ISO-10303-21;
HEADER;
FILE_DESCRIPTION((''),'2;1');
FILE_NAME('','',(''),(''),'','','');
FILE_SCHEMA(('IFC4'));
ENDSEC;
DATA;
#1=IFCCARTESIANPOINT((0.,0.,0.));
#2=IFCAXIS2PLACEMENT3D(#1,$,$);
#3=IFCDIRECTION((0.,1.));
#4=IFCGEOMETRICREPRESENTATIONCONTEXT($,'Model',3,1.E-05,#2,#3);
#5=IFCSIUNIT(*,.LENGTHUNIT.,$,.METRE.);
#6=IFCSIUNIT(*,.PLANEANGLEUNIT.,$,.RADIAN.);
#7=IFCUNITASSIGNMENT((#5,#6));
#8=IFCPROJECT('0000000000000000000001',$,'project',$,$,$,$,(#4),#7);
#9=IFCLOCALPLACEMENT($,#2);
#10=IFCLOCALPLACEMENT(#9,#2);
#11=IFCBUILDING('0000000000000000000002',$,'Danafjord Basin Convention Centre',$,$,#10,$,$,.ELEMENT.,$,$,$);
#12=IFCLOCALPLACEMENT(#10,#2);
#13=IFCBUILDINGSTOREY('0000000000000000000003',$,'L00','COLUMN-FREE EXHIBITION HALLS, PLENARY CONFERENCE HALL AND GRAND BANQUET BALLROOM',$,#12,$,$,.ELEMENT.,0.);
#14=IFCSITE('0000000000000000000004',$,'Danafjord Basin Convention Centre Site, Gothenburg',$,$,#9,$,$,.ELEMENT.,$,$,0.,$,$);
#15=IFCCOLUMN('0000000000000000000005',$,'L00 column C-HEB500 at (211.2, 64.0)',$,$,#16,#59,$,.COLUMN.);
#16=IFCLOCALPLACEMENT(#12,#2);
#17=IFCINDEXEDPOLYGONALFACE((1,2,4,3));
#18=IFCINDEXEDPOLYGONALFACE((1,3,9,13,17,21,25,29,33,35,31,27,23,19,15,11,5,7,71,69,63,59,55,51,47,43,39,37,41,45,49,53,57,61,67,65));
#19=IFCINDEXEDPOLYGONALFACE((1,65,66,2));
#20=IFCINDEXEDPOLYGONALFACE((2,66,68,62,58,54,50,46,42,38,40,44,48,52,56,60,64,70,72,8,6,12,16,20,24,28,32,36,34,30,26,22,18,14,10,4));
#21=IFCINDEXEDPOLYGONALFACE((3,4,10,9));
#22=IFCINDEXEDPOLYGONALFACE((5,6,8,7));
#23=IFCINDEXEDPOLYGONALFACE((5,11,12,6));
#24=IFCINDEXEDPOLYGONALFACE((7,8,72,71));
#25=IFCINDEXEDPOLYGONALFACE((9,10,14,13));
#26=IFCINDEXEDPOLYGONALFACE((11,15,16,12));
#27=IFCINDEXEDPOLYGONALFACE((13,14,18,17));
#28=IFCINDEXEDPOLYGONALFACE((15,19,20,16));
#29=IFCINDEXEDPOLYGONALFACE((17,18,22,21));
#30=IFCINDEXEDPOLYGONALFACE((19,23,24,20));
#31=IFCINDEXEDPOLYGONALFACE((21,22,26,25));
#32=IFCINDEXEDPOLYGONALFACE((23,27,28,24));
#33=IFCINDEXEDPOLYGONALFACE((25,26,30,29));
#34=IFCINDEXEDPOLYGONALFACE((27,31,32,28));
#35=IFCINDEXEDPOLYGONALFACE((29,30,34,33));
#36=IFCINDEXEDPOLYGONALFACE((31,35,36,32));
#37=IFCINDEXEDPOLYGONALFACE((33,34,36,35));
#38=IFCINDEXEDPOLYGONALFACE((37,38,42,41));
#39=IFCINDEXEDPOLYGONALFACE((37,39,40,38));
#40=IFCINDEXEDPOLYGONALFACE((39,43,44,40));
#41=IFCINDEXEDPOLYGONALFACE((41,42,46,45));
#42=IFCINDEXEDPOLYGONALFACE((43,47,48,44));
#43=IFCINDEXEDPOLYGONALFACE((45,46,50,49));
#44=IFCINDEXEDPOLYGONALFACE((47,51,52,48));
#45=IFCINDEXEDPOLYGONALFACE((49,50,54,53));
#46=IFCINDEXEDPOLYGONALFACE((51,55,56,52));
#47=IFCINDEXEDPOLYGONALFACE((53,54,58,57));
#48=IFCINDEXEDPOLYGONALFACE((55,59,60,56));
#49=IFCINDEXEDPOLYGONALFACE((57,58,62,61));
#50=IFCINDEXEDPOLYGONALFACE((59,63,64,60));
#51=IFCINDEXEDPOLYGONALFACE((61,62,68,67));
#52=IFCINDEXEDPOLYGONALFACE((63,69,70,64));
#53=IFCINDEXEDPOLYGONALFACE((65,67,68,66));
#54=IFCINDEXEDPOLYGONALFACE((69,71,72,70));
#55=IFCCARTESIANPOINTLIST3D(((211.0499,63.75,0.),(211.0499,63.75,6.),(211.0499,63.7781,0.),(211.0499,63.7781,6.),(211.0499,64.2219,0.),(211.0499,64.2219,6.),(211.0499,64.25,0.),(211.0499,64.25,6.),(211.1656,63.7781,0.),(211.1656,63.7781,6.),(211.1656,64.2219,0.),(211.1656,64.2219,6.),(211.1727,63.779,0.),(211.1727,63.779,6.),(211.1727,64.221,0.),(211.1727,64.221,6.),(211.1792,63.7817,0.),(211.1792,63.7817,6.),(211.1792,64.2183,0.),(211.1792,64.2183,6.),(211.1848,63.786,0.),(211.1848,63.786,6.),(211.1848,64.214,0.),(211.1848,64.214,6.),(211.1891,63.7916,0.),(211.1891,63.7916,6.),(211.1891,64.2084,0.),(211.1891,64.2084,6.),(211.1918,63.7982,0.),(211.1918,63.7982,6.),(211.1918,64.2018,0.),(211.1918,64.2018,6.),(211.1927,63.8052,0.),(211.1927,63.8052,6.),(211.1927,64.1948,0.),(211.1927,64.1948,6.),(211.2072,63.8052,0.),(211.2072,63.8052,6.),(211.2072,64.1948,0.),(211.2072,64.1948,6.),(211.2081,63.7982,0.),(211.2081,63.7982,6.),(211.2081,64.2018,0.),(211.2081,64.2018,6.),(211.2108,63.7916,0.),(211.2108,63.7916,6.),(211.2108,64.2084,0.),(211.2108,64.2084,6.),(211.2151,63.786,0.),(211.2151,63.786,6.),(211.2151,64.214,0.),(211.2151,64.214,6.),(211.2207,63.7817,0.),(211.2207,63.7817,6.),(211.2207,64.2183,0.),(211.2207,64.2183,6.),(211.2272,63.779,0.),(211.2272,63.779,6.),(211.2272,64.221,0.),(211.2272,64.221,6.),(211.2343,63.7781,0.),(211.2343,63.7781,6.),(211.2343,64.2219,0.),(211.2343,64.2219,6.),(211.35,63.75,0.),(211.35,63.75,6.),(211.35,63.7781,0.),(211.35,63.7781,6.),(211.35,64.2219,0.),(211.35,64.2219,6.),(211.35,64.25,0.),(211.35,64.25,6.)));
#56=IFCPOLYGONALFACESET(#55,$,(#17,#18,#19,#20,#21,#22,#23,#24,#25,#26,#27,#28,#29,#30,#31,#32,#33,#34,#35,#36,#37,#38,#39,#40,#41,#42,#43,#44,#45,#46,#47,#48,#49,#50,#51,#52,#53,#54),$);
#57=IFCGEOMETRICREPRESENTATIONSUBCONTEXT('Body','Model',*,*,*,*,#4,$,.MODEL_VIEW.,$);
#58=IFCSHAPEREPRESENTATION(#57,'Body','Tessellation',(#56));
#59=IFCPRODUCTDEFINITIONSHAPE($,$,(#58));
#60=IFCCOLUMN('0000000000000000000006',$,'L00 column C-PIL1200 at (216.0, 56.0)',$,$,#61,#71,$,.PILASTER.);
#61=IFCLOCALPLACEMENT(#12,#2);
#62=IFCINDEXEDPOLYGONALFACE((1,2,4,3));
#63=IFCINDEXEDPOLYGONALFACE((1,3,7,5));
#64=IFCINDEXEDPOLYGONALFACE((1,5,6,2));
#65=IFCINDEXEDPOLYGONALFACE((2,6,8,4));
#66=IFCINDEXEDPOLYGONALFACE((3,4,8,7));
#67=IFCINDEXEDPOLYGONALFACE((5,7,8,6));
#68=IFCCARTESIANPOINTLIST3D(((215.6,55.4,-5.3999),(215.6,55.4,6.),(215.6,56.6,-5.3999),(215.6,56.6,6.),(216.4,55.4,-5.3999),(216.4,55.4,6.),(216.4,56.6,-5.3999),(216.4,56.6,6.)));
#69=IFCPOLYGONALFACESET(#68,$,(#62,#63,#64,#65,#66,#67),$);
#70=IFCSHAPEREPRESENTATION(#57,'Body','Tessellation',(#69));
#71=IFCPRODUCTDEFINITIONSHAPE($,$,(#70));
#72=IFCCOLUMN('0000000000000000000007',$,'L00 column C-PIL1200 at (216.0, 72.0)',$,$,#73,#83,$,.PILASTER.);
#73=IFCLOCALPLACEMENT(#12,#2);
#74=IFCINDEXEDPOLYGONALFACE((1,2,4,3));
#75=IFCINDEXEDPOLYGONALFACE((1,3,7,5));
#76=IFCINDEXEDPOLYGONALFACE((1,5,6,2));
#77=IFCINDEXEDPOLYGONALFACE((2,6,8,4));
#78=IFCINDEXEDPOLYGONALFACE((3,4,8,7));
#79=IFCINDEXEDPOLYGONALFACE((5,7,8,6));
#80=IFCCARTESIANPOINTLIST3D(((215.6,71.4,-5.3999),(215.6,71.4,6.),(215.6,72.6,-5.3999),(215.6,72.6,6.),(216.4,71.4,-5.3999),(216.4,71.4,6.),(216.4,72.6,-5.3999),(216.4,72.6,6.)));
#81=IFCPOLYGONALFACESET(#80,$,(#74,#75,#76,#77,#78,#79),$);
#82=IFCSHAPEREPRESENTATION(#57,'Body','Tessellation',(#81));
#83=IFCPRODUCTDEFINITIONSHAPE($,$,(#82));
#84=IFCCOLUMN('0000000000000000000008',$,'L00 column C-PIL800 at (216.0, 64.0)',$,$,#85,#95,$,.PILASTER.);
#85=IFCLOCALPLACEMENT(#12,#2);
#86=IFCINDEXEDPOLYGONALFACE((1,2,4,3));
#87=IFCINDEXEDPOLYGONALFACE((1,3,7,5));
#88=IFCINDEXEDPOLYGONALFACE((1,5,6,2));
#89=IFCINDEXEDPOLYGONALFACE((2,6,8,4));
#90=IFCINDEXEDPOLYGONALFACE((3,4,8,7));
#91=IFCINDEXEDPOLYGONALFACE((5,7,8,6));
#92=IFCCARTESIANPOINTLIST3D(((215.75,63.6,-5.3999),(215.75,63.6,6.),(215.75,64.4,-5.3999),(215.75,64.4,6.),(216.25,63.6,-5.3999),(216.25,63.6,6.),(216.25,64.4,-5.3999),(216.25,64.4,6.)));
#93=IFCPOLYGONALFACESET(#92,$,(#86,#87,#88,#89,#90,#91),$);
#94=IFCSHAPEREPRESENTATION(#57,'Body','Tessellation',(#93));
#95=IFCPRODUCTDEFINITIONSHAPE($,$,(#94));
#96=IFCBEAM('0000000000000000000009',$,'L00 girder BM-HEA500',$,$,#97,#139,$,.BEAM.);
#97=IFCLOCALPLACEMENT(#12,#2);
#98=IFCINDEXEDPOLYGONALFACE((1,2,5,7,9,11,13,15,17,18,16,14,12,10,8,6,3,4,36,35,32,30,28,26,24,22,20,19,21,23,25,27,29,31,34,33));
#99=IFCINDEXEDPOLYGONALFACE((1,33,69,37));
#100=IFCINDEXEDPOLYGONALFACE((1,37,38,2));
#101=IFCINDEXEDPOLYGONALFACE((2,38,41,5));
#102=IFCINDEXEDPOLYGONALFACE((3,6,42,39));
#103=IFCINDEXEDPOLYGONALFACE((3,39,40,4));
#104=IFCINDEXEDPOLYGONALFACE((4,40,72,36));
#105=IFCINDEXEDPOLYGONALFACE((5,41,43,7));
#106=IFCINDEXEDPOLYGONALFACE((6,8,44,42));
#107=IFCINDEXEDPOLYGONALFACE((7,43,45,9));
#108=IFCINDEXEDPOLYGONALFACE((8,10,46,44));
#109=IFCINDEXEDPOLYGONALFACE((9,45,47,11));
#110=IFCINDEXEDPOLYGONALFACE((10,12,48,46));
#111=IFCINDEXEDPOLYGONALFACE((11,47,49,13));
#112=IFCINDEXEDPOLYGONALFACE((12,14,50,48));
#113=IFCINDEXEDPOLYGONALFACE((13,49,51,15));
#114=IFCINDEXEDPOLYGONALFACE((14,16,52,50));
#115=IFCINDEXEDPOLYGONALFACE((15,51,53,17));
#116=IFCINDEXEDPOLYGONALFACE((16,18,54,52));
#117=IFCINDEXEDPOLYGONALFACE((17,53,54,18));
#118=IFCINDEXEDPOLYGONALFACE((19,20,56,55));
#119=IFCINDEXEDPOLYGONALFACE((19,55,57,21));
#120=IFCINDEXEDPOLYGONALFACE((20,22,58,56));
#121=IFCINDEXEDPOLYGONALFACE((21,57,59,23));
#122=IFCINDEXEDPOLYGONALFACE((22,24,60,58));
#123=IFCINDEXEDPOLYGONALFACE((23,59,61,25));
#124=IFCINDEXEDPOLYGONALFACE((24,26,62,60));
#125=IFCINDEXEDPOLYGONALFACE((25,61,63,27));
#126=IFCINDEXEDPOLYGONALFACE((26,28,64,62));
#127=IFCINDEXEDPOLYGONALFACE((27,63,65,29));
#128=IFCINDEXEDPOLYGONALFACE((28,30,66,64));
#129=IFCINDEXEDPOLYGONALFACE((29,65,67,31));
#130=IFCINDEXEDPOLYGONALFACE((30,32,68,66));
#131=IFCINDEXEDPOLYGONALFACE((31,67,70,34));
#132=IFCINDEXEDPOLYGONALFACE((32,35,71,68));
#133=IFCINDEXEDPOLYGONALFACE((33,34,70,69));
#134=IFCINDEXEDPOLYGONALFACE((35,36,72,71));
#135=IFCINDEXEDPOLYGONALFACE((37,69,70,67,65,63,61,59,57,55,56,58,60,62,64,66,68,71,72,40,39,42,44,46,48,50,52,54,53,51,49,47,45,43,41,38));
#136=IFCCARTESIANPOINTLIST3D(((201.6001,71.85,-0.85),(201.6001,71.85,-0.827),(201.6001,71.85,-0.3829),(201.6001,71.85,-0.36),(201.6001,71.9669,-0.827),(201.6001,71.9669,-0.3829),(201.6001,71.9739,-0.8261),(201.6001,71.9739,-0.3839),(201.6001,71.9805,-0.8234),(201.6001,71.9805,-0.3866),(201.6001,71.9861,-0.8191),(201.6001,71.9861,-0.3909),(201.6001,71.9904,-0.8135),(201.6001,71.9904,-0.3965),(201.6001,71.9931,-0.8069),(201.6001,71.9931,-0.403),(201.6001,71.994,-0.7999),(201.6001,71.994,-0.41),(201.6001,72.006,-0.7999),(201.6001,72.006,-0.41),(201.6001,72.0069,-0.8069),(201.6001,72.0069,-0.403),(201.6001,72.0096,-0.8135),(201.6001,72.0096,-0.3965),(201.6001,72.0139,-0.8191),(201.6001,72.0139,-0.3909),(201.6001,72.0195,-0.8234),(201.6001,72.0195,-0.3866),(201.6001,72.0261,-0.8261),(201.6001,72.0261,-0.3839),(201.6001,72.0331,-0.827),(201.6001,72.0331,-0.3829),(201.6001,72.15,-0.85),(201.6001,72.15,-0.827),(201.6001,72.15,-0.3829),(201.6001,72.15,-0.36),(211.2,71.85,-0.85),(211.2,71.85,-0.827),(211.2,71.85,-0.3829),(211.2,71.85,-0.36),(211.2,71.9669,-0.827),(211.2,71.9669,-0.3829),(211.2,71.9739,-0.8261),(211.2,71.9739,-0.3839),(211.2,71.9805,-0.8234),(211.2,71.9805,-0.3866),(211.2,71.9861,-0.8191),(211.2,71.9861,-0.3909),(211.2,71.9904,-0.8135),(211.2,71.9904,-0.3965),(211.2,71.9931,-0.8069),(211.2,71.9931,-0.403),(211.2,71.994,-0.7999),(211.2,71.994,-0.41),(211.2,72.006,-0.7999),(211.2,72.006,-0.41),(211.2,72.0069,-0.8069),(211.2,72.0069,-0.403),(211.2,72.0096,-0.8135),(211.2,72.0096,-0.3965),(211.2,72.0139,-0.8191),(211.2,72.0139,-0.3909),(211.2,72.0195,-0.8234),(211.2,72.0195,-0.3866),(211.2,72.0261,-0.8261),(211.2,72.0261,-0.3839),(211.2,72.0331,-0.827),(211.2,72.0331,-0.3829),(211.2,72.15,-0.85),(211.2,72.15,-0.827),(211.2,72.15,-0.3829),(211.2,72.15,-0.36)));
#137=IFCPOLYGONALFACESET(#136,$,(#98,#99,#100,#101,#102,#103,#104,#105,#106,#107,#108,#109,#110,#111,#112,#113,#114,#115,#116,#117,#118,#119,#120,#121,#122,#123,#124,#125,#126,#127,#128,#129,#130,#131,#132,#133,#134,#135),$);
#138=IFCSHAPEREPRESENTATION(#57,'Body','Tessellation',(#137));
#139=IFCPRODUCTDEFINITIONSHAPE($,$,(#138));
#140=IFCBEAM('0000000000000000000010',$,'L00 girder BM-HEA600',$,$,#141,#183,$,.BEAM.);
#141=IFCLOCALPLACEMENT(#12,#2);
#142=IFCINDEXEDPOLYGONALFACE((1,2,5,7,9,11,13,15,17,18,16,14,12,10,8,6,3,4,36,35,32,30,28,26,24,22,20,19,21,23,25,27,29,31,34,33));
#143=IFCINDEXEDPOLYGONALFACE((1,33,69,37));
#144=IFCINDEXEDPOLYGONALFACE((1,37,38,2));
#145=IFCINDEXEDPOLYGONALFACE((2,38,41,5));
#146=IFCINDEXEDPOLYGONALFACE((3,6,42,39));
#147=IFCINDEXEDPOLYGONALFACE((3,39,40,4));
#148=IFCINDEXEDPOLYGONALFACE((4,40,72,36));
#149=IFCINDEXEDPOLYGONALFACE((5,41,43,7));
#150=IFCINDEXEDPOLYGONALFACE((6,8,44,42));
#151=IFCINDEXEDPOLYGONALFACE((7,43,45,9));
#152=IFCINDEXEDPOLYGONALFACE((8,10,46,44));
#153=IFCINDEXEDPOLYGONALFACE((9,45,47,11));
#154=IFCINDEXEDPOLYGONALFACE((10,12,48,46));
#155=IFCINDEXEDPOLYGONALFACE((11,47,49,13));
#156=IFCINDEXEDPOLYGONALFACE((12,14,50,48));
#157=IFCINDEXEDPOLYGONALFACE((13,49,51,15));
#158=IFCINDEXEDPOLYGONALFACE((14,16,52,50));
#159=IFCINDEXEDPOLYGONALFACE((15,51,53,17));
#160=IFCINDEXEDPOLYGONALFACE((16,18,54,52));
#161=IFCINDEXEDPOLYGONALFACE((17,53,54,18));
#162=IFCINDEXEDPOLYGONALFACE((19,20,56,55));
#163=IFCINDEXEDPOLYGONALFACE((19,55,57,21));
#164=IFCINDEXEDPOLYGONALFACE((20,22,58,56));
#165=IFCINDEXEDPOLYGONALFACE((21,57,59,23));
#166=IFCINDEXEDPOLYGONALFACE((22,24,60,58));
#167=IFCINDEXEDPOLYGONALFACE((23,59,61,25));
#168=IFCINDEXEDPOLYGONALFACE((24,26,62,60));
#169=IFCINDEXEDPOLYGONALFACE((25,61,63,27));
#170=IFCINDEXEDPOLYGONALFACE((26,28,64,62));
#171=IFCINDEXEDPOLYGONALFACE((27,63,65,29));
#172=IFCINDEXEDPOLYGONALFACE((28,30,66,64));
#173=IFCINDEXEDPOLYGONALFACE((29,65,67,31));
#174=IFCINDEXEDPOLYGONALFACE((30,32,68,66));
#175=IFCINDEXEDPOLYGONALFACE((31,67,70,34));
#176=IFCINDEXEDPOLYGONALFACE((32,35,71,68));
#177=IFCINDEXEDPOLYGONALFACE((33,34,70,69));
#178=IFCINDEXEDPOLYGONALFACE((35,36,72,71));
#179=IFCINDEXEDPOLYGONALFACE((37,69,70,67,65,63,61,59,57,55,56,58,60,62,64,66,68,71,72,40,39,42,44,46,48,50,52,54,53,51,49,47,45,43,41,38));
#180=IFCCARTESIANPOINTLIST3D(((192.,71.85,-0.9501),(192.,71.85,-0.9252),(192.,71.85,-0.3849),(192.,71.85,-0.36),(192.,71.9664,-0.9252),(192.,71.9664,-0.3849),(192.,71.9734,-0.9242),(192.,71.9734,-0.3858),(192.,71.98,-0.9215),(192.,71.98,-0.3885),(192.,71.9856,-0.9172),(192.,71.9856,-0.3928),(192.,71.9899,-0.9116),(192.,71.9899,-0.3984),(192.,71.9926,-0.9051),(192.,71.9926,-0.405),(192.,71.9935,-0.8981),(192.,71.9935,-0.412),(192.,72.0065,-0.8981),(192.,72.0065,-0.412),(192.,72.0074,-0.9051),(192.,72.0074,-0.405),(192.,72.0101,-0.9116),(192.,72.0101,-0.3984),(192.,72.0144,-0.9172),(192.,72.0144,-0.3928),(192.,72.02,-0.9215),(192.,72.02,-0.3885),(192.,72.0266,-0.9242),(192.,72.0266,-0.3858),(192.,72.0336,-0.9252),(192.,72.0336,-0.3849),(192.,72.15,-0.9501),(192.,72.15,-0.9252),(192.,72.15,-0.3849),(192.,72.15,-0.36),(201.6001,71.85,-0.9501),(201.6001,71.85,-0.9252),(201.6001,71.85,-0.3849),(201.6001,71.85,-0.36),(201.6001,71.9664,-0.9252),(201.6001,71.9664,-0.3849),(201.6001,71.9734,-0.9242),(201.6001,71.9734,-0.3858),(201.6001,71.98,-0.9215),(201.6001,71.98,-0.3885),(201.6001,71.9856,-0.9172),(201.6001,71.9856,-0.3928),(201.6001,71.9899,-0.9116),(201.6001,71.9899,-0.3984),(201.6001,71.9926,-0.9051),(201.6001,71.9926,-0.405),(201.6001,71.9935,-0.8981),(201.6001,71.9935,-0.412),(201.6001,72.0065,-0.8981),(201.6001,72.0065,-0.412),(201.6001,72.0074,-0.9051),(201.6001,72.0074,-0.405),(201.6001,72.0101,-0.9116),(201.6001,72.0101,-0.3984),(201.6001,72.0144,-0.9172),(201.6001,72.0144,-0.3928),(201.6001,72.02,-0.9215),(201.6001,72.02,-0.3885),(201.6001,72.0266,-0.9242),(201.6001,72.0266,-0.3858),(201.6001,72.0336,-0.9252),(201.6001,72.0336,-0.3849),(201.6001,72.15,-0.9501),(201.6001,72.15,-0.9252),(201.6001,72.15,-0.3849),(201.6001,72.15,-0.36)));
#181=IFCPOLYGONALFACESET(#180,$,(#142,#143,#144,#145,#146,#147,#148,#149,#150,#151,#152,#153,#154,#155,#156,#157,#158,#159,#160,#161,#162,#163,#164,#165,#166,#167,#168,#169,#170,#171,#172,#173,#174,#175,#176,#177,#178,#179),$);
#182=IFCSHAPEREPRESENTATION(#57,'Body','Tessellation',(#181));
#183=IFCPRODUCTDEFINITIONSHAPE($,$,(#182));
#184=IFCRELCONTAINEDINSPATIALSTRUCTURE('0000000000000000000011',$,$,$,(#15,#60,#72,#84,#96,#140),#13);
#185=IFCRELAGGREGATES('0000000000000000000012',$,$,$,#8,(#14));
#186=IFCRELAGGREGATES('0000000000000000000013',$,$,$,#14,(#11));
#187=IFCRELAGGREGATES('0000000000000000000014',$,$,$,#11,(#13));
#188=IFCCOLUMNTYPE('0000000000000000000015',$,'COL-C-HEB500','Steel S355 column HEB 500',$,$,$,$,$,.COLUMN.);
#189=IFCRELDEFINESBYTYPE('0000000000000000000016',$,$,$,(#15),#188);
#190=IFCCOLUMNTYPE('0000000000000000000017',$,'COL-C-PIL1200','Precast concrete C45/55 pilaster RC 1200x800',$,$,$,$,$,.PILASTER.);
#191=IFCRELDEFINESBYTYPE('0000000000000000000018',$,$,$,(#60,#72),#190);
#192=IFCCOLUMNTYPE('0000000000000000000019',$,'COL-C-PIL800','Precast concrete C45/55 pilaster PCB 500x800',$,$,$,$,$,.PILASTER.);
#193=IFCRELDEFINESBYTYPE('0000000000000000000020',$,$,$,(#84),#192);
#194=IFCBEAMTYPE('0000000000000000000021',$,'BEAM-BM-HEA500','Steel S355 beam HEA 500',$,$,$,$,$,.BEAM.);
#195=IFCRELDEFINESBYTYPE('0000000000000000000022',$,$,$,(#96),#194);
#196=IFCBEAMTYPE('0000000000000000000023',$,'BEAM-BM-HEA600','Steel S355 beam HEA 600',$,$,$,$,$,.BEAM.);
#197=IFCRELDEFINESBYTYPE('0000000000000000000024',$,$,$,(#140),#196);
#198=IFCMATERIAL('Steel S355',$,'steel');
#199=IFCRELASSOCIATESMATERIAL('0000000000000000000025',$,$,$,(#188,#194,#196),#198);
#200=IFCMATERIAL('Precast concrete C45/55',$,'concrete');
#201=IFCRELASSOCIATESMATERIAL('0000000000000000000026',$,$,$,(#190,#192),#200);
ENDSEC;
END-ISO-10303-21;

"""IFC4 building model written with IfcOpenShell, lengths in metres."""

from ifc_helpers import new_model, si_unit, direction, frame, origin, origin_2d, place, context, subcontext, project, spatial, rectangle, i_section, extrude, material, material_profile, profile_set, type_object, element, save


model = new_model("IFC4")

# Units and contexts
model_context = context("Model", 3, precision=1e-05, world=origin(), true_north=direction((0.0, 1.0)))
body_context = subcontext(model_context, "Body", "Model", "MODEL_VIEW")
ifc_project = project(units=[si_unit("LENGTHUNIT", "METRE"), si_unit("PLANEANGLEUNIT", "RADIAN")], contexts=[model_context])

# Site, building, storey
site_placement = place(None, origin())
site = spatial("IfcSite", under=ifc_project, at=site_placement, Name="Danafjord Basin Convention Centre Site, Gothenburg", CompositionType="ELEMENT", RefElevation=0.0)
building_placement = place(site_placement, origin())
building = spatial("IfcBuilding", under=site, at=building_placement, Name="Danafjord Basin Convention Centre", CompositionType="ELEMENT")
storey_placement = place(building_placement, origin())
storey = spatial("IfcBuildingStorey", under=building, at=storey_placement, Name="L00", Description="COLUMN-FREE EXHIBITION HALLS, PLENARY CONFERENCE HALL AND GRAND BANQUET BALLROOM", CompositionType="ELEMENT", Elevation=0.0)

# Columns
ifc_material_1 = material(Name="Steel S355", Category="steel")
ifc_material_profile_1 = material_profile(ifc_material_1, i_section(OverallWidth=0.3, OverallDepth=0.5, WebThickness=0.0144, FlangeThickness=0.0281, FilletRadius=0.0271, at=origin_2d()), Name="HEB 500")
ifc_profile_set_1 = profile_set([ifc_material_profile_1], Name="Steel S355")
column_type_1 = type_object("IfcColumnType", Name="COL-C-HEB500", Description="Steel S355 column HEB 500", PredefinedType="COLUMN", material=ifc_profile_set_1)
for number, where, z_axis, x_axis, name in (
    (1, (211.2, 64.0, 0.0), (0.0, 0.0, 1.0), (1.0, 0.0, 0.0), "L00 column C-HEB500 at (211.2, 64.0)"),
):
    element("IfcColumn", number, at=place(storey_placement, frame(where, z_axis=z_axis, x_axis=x_axis)), inside=storey, type_object=column_type_1, Name=name, PredefinedType="COLUMN", context=body_context, shape_type="SweptSolid", body=[
        extrude(i_section(OverallWidth=0.3, OverallDepth=0.5, WebThickness=0.0144, FlangeThickness=0.0281, FilletRadius=0.0271, at=origin_2d()), origin(), (0.0, 0.0, 1.0), 6.0),
    ])
ifc_material_2 = material(Name="Precast concrete C45/55", Category="concrete")
ifc_material_profile_2 = material_profile(ifc_material_2, rectangle(XDim=0.8, YDim=1.2, at=origin_2d()), Name="RC 1200x800")
ifc_profile_set_2 = profile_set([ifc_material_profile_2], Name="Precast concrete C45/55")
column_type_2 = type_object("IfcColumnType", Name="COL-C-PIL1200", Description="Precast concrete C45/55 pilaster RC 1200x800", PredefinedType="PILASTER", material=ifc_profile_set_2)
for number, where, z_axis, x_axis, name in (
    (2, (216.0, 56.0, -5.3999), (0.0, 0.0, 1.0), (1.0, 0.0, 0.0), "L00 column C-PIL1200 at (216.0, 56.0)"),
    (3, (216.0, 72.0, -5.3999), (0.0, 0.0, 1.0), (1.0, 0.0, 0.0), "L00 column C-PIL1200 at (216.0, 72.0)"),
):
    element("IfcColumn", number, at=place(storey_placement, frame(where, z_axis=z_axis, x_axis=x_axis)), inside=storey, type_object=column_type_2, Name=name, PredefinedType="PILASTER", context=body_context, shape_type="SweptSolid", body=[
        extrude(rectangle(XDim=0.8, YDim=1.2, at=origin_2d()), origin(), (0.0, 0.0, 1.0), 11.3999),
    ])
ifc_material_profile_3 = material_profile(ifc_material_2, rectangle(XDim=0.5, YDim=0.8, at=origin_2d()), Name="PCB 500x800")
ifc_profile_set_3 = profile_set([ifc_material_profile_3], Name="Precast concrete C45/55")
column_type_3 = type_object("IfcColumnType", Name="COL-C-PIL800", Description="Precast concrete C45/55 pilaster PCB 500x800", PredefinedType="PILASTER", material=ifc_profile_set_3)
column_1_placement = place(storey_placement, frame((216.0, 64.0, -5.3999), z_axis=(0.0, 0.0, 1.0), x_axis=(1.0, 0.0, 0.0)))
element("IfcColumn", 4, at=column_1_placement, inside=storey, type_object=column_type_3, Name="L00 column C-PIL800 at (216.0, 64.0)", PredefinedType="PILASTER", context=body_context, shape_type="SweptSolid", body=[
    extrude(rectangle(XDim=0.5, YDim=0.8, at=origin_2d()), origin(), (0.0, 0.0, 1.0), 11.3999),
])

# Beams
ifc_material_profile_4 = material_profile(ifc_material_1, i_section(OverallWidth=0.3, OverallDepth=0.49, WebThickness=0.012, FlangeThickness=0.0229, FilletRadius=0.0271, at=origin_2d()), Name="HEA 500")
ifc_profile_set_4 = profile_set([ifc_material_profile_4], Name="Steel S355")
beam_type_1 = type_object("IfcBeamType", Name="BEAM-BM-HEA500", Description="Steel S355 beam HEA 500", PredefinedType="BEAM", material=ifc_profile_set_4)
beam_1_placement = place(storey_placement, frame((201.6001, 72.0, -0.605), z_axis=(1.0, 0.0, 0.0), x_axis=(0.0, 1.0, 0.0)))
element("IfcBeam", 5, at=beam_1_placement, inside=storey, type_object=beam_type_1, Name="L00 girder BM-HEA500", PredefinedType="BEAM", context=body_context, shape_type="SweptSolid", body=[
    extrude(i_section(OverallWidth=0.3, OverallDepth=0.49, WebThickness=0.012, FlangeThickness=0.0229, FilletRadius=0.0271, at=origin_2d()), origin(), (0.0, 0.0, 1.0), 9.5999),
])
ifc_material_profile_5 = material_profile(ifc_material_1, i_section(OverallWidth=0.3, OverallDepth=0.5901, WebThickness=0.0129, FlangeThickness=0.0249, FilletRadius=0.0271, at=origin_2d()), Name="HEA 600")
ifc_profile_set_5 = profile_set([ifc_material_profile_5], Name="Steel S355")
beam_type_2 = type_object("IfcBeamType", Name="BEAM-BM-HEA600", Description="Steel S355 beam HEA 600", PredefinedType="BEAM", material=ifc_profile_set_5)
beam_2_placement = place(storey_placement, frame((192.0, 72.0, -0.655), z_axis=(1.0, 0.0, 0.0), x_axis=(0.0, 1.0, 0.0)))
element("IfcBeam", 6, at=beam_2_placement, inside=storey, type_object=beam_type_2, Name="L00 girder BM-HEA600", PredefinedType="BEAM", context=body_context, shape_type="SweptSolid", body=[
    extrude(i_section(OverallWidth=0.3, OverallDepth=0.5901, WebThickness=0.0129, FlangeThickness=0.0249, FilletRadius=0.0271, at=origin_2d()), origin(), (0.0, 0.0, 1.0), 9.6001),
])

save(model, "model.ifc")
